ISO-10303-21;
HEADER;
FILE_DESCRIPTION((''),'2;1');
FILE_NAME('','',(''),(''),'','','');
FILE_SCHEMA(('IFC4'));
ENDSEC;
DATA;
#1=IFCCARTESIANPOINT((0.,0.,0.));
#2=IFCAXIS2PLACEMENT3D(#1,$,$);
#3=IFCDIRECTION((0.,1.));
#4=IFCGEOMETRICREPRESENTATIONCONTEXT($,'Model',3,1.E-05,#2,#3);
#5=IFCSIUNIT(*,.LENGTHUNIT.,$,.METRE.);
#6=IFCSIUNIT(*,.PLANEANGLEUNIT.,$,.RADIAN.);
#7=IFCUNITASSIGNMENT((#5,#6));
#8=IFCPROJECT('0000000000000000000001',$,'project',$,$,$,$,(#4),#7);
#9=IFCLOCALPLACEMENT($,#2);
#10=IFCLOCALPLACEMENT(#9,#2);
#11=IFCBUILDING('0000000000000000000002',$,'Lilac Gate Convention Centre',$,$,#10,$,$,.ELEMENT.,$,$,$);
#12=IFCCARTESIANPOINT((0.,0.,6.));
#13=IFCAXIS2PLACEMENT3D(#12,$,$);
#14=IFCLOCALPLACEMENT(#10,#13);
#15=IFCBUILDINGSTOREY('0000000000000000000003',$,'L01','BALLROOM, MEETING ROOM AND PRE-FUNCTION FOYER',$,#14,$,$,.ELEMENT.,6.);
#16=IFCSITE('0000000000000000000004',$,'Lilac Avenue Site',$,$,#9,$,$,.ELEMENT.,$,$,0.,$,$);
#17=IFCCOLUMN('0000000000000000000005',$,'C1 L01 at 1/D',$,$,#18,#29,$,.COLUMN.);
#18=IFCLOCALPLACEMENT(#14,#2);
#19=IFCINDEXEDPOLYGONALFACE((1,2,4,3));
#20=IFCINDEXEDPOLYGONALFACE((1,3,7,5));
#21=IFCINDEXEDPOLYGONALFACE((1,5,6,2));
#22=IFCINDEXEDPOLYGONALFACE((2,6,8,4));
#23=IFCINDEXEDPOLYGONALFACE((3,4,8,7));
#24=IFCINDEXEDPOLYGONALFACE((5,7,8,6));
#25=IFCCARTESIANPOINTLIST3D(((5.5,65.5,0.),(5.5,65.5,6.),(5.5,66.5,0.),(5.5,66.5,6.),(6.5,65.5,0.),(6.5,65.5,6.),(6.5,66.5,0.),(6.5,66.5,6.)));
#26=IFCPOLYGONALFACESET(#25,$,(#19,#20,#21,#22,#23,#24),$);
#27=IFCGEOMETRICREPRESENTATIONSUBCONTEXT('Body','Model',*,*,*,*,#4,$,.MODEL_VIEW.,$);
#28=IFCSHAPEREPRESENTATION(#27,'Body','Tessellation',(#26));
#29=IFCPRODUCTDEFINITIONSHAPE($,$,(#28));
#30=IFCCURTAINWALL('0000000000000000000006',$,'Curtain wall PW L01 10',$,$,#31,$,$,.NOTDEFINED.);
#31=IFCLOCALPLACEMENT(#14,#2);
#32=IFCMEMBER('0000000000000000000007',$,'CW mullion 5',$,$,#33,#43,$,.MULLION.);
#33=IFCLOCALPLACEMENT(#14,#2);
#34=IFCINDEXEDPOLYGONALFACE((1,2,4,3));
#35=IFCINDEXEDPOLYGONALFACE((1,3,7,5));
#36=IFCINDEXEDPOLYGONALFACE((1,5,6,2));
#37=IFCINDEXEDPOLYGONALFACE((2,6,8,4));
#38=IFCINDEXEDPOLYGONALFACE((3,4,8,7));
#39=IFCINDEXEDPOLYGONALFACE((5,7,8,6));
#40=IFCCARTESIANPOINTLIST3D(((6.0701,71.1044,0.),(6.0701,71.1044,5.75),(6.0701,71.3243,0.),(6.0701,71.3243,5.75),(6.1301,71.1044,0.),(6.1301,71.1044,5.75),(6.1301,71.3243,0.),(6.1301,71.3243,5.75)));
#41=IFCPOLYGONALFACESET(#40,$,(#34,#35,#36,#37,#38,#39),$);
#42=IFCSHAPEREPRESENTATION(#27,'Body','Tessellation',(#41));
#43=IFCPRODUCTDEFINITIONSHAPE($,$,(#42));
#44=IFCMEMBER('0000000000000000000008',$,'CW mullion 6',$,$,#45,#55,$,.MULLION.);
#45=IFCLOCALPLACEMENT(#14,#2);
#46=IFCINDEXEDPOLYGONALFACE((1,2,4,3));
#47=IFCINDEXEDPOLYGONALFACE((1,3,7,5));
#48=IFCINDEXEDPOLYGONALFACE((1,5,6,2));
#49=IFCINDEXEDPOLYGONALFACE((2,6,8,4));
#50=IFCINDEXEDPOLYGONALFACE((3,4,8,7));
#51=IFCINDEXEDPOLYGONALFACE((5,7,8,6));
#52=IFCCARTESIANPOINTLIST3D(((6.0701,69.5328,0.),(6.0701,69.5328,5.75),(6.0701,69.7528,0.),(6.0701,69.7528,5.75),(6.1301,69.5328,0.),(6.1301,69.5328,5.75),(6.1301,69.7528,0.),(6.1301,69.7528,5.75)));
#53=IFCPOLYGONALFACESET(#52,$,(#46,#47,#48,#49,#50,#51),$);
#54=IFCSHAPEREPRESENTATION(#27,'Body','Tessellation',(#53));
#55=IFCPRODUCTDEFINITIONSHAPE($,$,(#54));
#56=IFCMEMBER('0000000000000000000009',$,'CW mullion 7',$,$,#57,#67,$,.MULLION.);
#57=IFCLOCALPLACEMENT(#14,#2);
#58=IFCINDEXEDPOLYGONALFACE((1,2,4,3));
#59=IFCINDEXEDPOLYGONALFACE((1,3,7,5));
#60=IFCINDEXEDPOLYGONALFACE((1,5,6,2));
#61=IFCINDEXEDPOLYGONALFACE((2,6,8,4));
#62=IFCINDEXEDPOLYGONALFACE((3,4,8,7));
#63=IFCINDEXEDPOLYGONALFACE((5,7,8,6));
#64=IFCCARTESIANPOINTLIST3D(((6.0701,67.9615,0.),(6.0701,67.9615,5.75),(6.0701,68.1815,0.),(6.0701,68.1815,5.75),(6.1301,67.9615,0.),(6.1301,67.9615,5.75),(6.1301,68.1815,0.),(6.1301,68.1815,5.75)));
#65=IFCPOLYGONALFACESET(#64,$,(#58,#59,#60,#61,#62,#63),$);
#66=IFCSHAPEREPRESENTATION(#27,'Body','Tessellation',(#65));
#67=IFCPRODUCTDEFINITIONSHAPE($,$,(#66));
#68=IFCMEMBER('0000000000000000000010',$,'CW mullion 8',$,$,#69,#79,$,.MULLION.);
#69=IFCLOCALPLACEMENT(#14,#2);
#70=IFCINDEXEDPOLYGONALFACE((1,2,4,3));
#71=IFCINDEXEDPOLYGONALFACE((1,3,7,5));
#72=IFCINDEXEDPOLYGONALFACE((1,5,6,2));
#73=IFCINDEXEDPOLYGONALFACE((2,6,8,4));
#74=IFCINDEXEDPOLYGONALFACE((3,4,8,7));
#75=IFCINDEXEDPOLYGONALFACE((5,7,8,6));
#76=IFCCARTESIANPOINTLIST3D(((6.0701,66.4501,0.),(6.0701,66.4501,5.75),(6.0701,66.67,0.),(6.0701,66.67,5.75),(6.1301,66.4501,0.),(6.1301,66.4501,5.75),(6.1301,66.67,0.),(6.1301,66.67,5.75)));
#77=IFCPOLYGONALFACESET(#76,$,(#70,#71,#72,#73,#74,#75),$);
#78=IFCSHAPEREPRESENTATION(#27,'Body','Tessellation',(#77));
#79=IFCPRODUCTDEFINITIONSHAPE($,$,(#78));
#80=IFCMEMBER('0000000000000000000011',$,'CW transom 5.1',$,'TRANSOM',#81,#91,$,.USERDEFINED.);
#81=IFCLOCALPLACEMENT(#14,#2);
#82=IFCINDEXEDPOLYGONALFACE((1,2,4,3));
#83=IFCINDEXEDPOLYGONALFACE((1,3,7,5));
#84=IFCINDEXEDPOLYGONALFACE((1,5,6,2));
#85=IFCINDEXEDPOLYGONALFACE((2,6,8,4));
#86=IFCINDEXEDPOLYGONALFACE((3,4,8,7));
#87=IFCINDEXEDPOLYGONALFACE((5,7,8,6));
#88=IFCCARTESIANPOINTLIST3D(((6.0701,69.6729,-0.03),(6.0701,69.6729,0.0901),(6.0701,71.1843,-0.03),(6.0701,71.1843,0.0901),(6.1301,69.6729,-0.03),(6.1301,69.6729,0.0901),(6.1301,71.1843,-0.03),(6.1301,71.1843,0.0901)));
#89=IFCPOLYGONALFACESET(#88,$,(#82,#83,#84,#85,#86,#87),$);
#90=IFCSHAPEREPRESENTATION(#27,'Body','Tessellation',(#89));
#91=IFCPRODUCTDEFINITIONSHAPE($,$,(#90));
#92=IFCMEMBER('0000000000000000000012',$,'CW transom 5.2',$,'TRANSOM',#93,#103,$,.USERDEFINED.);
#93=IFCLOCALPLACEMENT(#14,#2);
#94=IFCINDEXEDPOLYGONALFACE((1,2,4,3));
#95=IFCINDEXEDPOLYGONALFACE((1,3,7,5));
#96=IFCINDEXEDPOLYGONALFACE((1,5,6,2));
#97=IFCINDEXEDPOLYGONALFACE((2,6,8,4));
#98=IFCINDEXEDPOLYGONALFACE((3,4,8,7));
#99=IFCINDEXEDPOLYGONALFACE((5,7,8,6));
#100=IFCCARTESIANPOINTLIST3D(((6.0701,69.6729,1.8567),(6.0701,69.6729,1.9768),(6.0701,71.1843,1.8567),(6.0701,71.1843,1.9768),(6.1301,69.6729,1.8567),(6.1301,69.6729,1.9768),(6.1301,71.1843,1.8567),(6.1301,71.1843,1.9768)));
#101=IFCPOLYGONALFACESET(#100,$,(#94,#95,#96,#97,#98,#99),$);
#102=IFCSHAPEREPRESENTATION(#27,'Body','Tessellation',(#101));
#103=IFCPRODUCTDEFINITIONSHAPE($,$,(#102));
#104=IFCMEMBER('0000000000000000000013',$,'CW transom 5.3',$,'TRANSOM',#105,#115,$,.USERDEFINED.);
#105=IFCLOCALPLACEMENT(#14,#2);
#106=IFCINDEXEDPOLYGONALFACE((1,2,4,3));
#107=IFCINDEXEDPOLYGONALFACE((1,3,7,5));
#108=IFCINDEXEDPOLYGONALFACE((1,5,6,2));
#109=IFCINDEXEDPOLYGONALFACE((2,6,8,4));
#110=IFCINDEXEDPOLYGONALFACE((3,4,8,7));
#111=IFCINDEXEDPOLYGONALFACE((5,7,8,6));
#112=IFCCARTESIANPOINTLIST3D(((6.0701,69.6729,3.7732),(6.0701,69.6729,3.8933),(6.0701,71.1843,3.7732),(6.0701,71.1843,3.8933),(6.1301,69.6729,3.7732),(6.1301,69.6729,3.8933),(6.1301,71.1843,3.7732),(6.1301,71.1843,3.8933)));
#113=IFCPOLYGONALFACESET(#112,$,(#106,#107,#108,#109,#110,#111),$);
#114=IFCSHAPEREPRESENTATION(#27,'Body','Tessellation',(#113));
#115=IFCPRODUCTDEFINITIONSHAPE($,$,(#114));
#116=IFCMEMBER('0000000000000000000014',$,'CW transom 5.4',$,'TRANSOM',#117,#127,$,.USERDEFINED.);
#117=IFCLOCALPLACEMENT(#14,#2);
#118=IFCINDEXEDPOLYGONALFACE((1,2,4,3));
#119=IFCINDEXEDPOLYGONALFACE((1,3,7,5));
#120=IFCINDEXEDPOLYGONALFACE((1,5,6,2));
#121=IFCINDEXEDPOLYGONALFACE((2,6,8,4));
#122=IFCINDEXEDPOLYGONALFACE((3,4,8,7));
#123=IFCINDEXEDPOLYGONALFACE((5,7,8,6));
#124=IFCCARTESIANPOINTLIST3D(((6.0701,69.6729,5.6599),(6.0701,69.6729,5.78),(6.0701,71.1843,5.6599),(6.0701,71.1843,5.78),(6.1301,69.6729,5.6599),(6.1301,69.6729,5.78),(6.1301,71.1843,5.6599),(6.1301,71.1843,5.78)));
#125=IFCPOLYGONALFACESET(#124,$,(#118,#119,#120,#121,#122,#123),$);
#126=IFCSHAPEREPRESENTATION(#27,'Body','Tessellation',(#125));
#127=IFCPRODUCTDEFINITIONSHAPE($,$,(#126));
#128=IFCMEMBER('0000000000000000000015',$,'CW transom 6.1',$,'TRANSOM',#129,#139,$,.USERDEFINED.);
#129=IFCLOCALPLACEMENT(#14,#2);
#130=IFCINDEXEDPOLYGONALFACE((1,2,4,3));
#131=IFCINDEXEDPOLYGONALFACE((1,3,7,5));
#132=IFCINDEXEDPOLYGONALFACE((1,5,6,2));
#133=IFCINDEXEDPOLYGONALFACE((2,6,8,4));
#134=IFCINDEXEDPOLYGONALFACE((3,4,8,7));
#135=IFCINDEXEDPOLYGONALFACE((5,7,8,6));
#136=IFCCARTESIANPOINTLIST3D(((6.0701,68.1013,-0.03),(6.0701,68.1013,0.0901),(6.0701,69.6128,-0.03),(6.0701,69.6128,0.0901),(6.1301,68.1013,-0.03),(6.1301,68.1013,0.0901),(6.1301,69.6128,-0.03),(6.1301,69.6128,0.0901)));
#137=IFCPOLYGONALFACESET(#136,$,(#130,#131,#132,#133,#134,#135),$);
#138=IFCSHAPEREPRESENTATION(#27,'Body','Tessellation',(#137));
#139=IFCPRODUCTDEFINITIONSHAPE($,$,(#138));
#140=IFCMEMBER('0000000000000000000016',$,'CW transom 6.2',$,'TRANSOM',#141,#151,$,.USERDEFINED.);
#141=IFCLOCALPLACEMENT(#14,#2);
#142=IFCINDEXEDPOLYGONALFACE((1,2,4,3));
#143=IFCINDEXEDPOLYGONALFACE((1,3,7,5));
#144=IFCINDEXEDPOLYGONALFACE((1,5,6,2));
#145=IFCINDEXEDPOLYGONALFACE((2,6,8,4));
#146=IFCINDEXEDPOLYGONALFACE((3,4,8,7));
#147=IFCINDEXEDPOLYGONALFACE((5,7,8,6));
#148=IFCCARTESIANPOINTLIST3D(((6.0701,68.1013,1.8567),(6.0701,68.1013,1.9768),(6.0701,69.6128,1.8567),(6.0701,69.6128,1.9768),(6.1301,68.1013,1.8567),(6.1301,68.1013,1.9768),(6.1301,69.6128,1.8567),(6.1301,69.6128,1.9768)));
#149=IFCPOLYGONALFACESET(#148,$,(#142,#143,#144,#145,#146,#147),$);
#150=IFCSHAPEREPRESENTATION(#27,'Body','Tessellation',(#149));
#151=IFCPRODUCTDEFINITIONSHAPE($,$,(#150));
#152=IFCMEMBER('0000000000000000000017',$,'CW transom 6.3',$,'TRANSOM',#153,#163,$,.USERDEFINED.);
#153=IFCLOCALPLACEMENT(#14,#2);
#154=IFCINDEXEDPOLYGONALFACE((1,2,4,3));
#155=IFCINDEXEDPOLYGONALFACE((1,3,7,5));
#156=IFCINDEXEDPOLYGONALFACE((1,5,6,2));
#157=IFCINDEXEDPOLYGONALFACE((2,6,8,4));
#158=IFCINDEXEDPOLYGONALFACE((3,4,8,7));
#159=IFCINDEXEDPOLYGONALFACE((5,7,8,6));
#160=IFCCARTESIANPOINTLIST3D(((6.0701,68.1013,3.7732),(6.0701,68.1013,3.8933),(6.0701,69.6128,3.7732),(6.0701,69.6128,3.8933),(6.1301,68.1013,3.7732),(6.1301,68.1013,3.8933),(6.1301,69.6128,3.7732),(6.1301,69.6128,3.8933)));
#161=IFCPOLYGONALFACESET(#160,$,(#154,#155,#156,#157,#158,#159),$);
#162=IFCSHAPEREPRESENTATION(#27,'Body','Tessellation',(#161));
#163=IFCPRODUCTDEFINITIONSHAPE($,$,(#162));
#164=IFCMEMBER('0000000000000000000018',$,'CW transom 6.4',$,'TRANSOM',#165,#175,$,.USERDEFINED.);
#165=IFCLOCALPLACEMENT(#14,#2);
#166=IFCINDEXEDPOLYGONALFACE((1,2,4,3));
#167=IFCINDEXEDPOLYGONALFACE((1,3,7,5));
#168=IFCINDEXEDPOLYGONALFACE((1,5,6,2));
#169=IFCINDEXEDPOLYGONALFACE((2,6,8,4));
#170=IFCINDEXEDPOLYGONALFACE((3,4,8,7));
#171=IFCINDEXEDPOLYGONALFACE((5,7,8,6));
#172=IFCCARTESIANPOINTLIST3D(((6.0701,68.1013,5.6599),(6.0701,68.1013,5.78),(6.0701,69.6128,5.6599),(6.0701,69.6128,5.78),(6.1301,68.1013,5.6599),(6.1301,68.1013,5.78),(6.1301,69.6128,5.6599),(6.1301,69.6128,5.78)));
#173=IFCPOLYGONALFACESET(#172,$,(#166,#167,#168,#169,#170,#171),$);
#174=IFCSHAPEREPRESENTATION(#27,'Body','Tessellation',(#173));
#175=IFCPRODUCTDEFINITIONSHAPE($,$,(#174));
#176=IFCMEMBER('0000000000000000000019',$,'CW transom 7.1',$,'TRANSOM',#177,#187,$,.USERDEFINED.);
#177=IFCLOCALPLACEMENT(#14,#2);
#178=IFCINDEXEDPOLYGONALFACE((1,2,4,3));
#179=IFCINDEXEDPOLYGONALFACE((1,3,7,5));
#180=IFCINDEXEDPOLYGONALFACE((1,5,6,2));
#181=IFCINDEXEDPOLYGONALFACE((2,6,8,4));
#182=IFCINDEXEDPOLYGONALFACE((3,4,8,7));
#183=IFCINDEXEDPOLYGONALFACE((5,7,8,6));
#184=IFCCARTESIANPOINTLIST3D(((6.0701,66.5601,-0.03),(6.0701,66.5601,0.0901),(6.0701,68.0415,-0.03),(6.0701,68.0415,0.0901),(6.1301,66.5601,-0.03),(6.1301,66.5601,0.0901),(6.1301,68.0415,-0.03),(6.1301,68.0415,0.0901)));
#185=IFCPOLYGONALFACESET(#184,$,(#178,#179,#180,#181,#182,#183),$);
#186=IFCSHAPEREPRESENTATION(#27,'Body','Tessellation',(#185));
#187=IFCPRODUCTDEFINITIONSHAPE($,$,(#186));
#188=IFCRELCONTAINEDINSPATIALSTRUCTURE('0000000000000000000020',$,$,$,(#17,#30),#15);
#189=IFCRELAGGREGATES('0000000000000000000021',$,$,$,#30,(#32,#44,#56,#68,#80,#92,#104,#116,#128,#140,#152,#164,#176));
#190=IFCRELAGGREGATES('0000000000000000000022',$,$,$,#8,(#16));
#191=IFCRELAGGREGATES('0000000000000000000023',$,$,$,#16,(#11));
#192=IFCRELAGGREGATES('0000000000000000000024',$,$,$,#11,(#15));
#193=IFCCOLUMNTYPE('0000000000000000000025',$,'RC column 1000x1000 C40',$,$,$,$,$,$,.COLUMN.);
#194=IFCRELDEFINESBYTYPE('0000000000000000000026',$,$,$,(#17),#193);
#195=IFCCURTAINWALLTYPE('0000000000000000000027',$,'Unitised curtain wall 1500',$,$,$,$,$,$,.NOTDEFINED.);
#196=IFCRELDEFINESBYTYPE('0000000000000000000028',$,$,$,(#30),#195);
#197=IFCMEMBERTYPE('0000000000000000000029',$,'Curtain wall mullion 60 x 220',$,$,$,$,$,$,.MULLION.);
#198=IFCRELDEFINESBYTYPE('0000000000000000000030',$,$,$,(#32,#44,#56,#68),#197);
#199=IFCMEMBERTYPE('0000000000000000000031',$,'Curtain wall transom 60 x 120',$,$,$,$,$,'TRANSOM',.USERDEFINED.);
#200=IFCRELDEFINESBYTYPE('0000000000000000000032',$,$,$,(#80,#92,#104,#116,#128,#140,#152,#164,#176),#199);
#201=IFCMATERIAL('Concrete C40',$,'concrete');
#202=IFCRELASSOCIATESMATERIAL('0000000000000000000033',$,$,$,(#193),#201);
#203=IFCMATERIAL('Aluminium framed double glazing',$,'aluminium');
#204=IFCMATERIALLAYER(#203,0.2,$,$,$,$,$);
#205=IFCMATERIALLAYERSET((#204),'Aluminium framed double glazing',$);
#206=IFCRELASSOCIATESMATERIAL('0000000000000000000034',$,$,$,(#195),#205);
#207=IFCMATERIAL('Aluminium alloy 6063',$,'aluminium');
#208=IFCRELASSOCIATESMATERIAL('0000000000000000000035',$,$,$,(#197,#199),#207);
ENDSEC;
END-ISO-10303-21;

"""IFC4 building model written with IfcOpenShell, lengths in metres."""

from ifc_helpers import new_model, si_unit, direction, frame, origin, origin_2d, place, context, subcontext, project, spatial, rectangle, extrude, material, layer, layer_set, material_profile, profile_set, type_object, element, aggregate, save


model = new_model("IFC4")

# Units and contexts
model_context = context("Model", 3, precision=1e-05, world=origin(), true_north=direction((0.0, 1.0)))
body_context = subcontext(model_context, "Body", "Model", "MODEL_VIEW")
ifc_project = project(units=[si_unit("LENGTHUNIT", "METRE"), si_unit("PLANEANGLEUNIT", "RADIAN")], contexts=[model_context])

# Site, building, storey
site_placement = place(None, origin())
site = spatial("IfcSite", under=ifc_project, at=site_placement, Name="Lilac Avenue Site", CompositionType="ELEMENT", RefElevation=0.0)
building_placement = place(site_placement, origin())
building = spatial("IfcBuilding", under=site, at=building_placement, Name="Lilac Gate Convention Centre", CompositionType="ELEMENT")
storey_placement = place(building_placement, frame((0.0, 0.0, 6.0)))
storey = spatial("IfcBuildingStorey", under=building, at=storey_placement, Name="L01", Description="BALLROOM, MEETING ROOM AND PRE-FUNCTION FOYER", CompositionType="ELEMENT", Elevation=6.0)

# Column
ifc_material_1 = material(Name="Concrete C40", Category="concrete")
ifc_material_profile_1 = material_profile(ifc_material_1, rectangle(XDim=1.0, YDim=1.0, at=origin_2d()), Name="RC 1000x1000")
ifc_profile_set_1 = profile_set([ifc_material_profile_1], Name="Concrete C40")
column_type = type_object("IfcColumnType", Name="RC column 1000x1000 C40", PredefinedType="COLUMN", material=ifc_profile_set_1)
column_placement = place(storey_placement, frame((6.0, 66.0, 0.0), z_axis=(0.0, 0.0, 1.0), x_axis=(1.0, 0.0, 0.0)))
element("IfcColumn", 1, at=column_placement, inside=storey, type_object=column_type, Name="C1 L01 at 1/D", PredefinedType="COLUMN", context=body_context, shape_type="SweptSolid", body=[
    extrude(rectangle(XDim=1.0, YDim=1.0, at=origin_2d()), origin(), (0.0, 0.0, 1.0), 6.0),
])

# Curtain wall, members
ifc_material_2 = material(Name="Aluminium framed double glazing", Category="aluminium")
ifc_layer_1 = layer(ifc_material_2, 0.2)
ifc_layer_set_1 = layer_set([ifc_layer_1], Name="Aluminium framed double glazing")
curtain_wall_type = type_object("IfcCurtainWallType", Name="Unitised curtain wall 1500", PredefinedType="NOTDEFINED", material=ifc_layer_set_1)
curtain_wall_1_placement = place(storey_placement, origin())
curtain_wall_1 = element("IfcCurtainWall", 2, at=curtain_wall_1_placement, inside=storey, type_object=curtain_wall_type, Name="Curtain wall PW L01 10", PredefinedType="NOTDEFINED")
ifc_material_3 = material(Name="Aluminium alloy 6063", Category="aluminium")
ifc_material_profile_2 = material_profile(ifc_material_3, rectangle(XDim=0.0601, YDim=0.22, at=origin_2d()), Name="Curtain wall mullion 60 x 220")
ifc_profile_set_2 = profile_set([ifc_material_profile_2], Name="Aluminium alloy 6063")
member_type_1 = type_object("IfcMemberType", Name="Curtain wall mullion 60 x 220", PredefinedType="MULLION", material=ifc_profile_set_2)
member_1_placement = place(storey_placement, frame((6.1001, 71.2144, 0.0), z_axis=(0.0, 0.0, 1.0), x_axis=(1.0, 0.0, 0.0)))
member_1 = element("IfcMember", 3, at=member_1_placement, type_object=member_type_1, Name="CW mullion 5", PredefinedType="MULLION", context=body_context, shape_type="SweptSolid", body=[
    extrude(rectangle(XDim=0.0601, YDim=0.22, at=origin_2d()), origin(), (0.0, 0.0, 1.0), 5.75),
])
member_2_placement = place(storey_placement, frame((6.1001, 69.6428, 0.0), z_axis=(0.0, 0.0, 1.0), x_axis=(1.0, 0.0, 0.0)))
member_2 = element("IfcMember", 4, at=member_2_placement, type_object=member_type_1, Name="CW mullion 6", PredefinedType="MULLION", context=body_context, shape_type="SweptSolid", body=[
    extrude(rectangle(XDim=0.0601, YDim=0.22, at=origin_2d()), origin(), (0.0, 0.0, 1.0), 5.75),
])
member_3_placement = place(storey_placement, frame((6.1001, 68.0715, 0.0), z_axis=(0.0, 0.0, 1.0), x_axis=(1.0, 0.0, 0.0)))
member_3 = element("IfcMember", 5, at=member_3_placement, type_object=member_type_1, Name="CW mullion 7", PredefinedType="MULLION", context=body_context, shape_type="SweptSolid", body=[
    extrude(rectangle(XDim=0.0601, YDim=0.22, at=origin_2d()), origin(), (0.0, 0.0, 1.0), 5.75),
])
member_4_placement = place(storey_placement, frame((6.1001, 66.5601, 0.0), z_axis=(0.0, 0.0, 1.0), x_axis=(1.0, 0.0, 0.0)))
member_4 = element("IfcMember", 6, at=member_4_placement, type_object=member_type_1, Name="CW mullion 8", PredefinedType="MULLION", context=body_context, shape_type="SweptSolid", body=[
    extrude(rectangle(XDim=0.0601, YDim=0.22, at=origin_2d()), origin(), (0.0, 0.0, 1.0), 5.75),
])
ifc_material_profile_3 = material_profile(ifc_material_3, rectangle(XDim=0.0601, YDim=0.1201, at=origin_2d()), Name="Curtain wall transom 60 x 120")
ifc_profile_set_3 = profile_set([ifc_material_profile_3], Name="Aluminium alloy 6063")
member_type_2 = type_object("IfcMemberType", Name="Curtain wall transom 60 x 120", ElementType="TRANSOM", PredefinedType="USERDEFINED", material=ifc_profile_set_3)
member_5_placement = place(storey_placement, frame((6.1001, 71.1843, 0.03), z_axis=(0.0, -1.0, 0.0), x_axis=(1.0, 0.0, 0.0)))
member_5 = element("IfcMember", 7, at=member_5_placement, type_object=member_type_2, Name="CW transom 5.1", ObjectType="TRANSOM", PredefinedType="USERDEFINED", context=body_context, shape_type="SweptSolid", body=[
    extrude(rectangle(XDim=0.0601, YDim=0.1201, at=origin_2d()), origin(), (0.0, 0.0, 1.0), 1.5115),
])
member_6_placement = place(storey_placement, frame((6.1001, 71.1843, 1.9167), z_axis=(0.0, -1.0, 0.0), x_axis=(1.0, 0.0, 0.0)))
member_6 = element("IfcMember", 8, at=member_6_placement, type_object=member_type_2, Name="CW transom 5.2", ObjectType="TRANSOM", PredefinedType="USERDEFINED", context=body_context, shape_type="SweptSolid", body=[
    extrude(rectangle(XDim=0.0601, YDim=0.1201, at=origin_2d()), origin(), (0.0, 0.0, 1.0), 1.5115),
])
member_7_placement = place(storey_placement, frame((6.1001, 71.1843, 3.8333), z_axis=(0.0, -1.0, 0.0), x_axis=(1.0, 0.0, 0.0)))
member_7 = element("IfcMember", 9, at=member_7_placement, type_object=member_type_2, Name="CW transom 5.3", ObjectType="TRANSOM", PredefinedType="USERDEFINED", context=body_context, shape_type="SweptSolid", body=[
    extrude(rectangle(XDim=0.0601, YDim=0.1201, at=origin_2d()), origin(), (0.0, 0.0, 1.0), 1.5115),
])
member_8_placement = place(storey_placement, frame((6.1001, 71.1843, 5.72), z_axis=(0.0, -1.0, 0.0), x_axis=(1.0, 0.0, 0.0)))
member_8 = element("IfcMember", 10, at=member_8_placement, type_object=member_type_2, Name="CW transom 5.4", ObjectType="TRANSOM", PredefinedType="USERDEFINED", context=body_context, shape_type="SweptSolid", body=[
    extrude(rectangle(XDim=0.0601, YDim=0.1201, at=origin_2d()), origin(), (0.0, 0.0, 1.0), 1.5115),
])
member_9_placement = place(storey_placement, frame((6.1001, 69.6128, 0.03), z_axis=(0.0, -1.0, 0.0), x_axis=(1.0, 0.0, 0.0)))
member_9 = element("IfcMember", 11, at=member_9_placement, type_object=member_type_2, Name="CW transom 6.1", ObjectType="TRANSOM", PredefinedType="USERDEFINED", context=body_context, shape_type="SweptSolid", body=[
    extrude(rectangle(XDim=0.0601, YDim=0.1201, at=origin_2d()), origin(), (0.0, 0.0, 1.0), 1.5115),
])
member_10_placement = place(storey_placement, frame((6.1001, 69.6128, 1.9167), z_axis=(0.0, -1.0, 0.0), x_axis=(1.0, 0.0, 0.0)))
member_10 = element("IfcMember", 12, at=member_10_placement, type_object=member_type_2, Name="CW transom 6.2", ObjectType="TRANSOM", PredefinedType="USERDEFINED", context=body_context, shape_type="SweptSolid", body=[
    extrude(rectangle(XDim=0.0601, YDim=0.1201, at=origin_2d()), origin(), (0.0, 0.0, 1.0), 1.5115),
])
member_11_placement = place(storey_placement, frame((6.1001, 69.6128, 3.8333), z_axis=(0.0, -1.0, 0.0), x_axis=(1.0, 0.0, 0.0)))
member_11 = element("IfcMember", 13, at=member_11_placement, type_object=member_type_2, Name="CW transom 6.3", ObjectType="TRANSOM", PredefinedType="USERDEFINED", context=body_context, shape_type="SweptSolid", body=[
    extrude(rectangle(XDim=0.0601, YDim=0.1201, at=origin_2d()), origin(), (0.0, 0.0, 1.0), 1.5115),
])
member_12_placement = place(storey_placement, frame((6.1001, 69.6128, 5.72), z_axis=(0.0, -1.0, 0.0), x_axis=(1.0, 0.0, 0.0)))
member_12 = element("IfcMember", 14, at=member_12_placement, type_object=member_type_2, Name="CW transom 6.4", ObjectType="TRANSOM", PredefinedType="USERDEFINED", context=body_context, shape_type="SweptSolid", body=[
    extrude(rectangle(XDim=0.0601, YDim=0.1201, at=origin_2d()), origin(), (0.0, 0.0, 1.0), 1.5115),
])
member_13_placement = place(storey_placement, frame((6.1001, 68.0415, 0.03), z_axis=(0.0, -1.0, 0.0), x_axis=(1.0, 0.0, 0.0)))
member_13 = element("IfcMember", 15, at=member_13_placement, type_object=member_type_2, Name="CW transom 7.1", ObjectType="TRANSOM", PredefinedType="USERDEFINED", context=body_context, shape_type="SweptSolid", body=[
    extrude(rectangle(XDim=0.0601, YDim=0.1201, at=origin_2d()), origin(), (0.0, 0.0, 1.0), 1.4814),
])

aggregate(curtain_wall_1, [member_1, member_2, member_3, member_4, member_5, member_6, member_7, member_8, member_9, member_10, member_11, member_12, member_13])

save(model, "model.ifc")
